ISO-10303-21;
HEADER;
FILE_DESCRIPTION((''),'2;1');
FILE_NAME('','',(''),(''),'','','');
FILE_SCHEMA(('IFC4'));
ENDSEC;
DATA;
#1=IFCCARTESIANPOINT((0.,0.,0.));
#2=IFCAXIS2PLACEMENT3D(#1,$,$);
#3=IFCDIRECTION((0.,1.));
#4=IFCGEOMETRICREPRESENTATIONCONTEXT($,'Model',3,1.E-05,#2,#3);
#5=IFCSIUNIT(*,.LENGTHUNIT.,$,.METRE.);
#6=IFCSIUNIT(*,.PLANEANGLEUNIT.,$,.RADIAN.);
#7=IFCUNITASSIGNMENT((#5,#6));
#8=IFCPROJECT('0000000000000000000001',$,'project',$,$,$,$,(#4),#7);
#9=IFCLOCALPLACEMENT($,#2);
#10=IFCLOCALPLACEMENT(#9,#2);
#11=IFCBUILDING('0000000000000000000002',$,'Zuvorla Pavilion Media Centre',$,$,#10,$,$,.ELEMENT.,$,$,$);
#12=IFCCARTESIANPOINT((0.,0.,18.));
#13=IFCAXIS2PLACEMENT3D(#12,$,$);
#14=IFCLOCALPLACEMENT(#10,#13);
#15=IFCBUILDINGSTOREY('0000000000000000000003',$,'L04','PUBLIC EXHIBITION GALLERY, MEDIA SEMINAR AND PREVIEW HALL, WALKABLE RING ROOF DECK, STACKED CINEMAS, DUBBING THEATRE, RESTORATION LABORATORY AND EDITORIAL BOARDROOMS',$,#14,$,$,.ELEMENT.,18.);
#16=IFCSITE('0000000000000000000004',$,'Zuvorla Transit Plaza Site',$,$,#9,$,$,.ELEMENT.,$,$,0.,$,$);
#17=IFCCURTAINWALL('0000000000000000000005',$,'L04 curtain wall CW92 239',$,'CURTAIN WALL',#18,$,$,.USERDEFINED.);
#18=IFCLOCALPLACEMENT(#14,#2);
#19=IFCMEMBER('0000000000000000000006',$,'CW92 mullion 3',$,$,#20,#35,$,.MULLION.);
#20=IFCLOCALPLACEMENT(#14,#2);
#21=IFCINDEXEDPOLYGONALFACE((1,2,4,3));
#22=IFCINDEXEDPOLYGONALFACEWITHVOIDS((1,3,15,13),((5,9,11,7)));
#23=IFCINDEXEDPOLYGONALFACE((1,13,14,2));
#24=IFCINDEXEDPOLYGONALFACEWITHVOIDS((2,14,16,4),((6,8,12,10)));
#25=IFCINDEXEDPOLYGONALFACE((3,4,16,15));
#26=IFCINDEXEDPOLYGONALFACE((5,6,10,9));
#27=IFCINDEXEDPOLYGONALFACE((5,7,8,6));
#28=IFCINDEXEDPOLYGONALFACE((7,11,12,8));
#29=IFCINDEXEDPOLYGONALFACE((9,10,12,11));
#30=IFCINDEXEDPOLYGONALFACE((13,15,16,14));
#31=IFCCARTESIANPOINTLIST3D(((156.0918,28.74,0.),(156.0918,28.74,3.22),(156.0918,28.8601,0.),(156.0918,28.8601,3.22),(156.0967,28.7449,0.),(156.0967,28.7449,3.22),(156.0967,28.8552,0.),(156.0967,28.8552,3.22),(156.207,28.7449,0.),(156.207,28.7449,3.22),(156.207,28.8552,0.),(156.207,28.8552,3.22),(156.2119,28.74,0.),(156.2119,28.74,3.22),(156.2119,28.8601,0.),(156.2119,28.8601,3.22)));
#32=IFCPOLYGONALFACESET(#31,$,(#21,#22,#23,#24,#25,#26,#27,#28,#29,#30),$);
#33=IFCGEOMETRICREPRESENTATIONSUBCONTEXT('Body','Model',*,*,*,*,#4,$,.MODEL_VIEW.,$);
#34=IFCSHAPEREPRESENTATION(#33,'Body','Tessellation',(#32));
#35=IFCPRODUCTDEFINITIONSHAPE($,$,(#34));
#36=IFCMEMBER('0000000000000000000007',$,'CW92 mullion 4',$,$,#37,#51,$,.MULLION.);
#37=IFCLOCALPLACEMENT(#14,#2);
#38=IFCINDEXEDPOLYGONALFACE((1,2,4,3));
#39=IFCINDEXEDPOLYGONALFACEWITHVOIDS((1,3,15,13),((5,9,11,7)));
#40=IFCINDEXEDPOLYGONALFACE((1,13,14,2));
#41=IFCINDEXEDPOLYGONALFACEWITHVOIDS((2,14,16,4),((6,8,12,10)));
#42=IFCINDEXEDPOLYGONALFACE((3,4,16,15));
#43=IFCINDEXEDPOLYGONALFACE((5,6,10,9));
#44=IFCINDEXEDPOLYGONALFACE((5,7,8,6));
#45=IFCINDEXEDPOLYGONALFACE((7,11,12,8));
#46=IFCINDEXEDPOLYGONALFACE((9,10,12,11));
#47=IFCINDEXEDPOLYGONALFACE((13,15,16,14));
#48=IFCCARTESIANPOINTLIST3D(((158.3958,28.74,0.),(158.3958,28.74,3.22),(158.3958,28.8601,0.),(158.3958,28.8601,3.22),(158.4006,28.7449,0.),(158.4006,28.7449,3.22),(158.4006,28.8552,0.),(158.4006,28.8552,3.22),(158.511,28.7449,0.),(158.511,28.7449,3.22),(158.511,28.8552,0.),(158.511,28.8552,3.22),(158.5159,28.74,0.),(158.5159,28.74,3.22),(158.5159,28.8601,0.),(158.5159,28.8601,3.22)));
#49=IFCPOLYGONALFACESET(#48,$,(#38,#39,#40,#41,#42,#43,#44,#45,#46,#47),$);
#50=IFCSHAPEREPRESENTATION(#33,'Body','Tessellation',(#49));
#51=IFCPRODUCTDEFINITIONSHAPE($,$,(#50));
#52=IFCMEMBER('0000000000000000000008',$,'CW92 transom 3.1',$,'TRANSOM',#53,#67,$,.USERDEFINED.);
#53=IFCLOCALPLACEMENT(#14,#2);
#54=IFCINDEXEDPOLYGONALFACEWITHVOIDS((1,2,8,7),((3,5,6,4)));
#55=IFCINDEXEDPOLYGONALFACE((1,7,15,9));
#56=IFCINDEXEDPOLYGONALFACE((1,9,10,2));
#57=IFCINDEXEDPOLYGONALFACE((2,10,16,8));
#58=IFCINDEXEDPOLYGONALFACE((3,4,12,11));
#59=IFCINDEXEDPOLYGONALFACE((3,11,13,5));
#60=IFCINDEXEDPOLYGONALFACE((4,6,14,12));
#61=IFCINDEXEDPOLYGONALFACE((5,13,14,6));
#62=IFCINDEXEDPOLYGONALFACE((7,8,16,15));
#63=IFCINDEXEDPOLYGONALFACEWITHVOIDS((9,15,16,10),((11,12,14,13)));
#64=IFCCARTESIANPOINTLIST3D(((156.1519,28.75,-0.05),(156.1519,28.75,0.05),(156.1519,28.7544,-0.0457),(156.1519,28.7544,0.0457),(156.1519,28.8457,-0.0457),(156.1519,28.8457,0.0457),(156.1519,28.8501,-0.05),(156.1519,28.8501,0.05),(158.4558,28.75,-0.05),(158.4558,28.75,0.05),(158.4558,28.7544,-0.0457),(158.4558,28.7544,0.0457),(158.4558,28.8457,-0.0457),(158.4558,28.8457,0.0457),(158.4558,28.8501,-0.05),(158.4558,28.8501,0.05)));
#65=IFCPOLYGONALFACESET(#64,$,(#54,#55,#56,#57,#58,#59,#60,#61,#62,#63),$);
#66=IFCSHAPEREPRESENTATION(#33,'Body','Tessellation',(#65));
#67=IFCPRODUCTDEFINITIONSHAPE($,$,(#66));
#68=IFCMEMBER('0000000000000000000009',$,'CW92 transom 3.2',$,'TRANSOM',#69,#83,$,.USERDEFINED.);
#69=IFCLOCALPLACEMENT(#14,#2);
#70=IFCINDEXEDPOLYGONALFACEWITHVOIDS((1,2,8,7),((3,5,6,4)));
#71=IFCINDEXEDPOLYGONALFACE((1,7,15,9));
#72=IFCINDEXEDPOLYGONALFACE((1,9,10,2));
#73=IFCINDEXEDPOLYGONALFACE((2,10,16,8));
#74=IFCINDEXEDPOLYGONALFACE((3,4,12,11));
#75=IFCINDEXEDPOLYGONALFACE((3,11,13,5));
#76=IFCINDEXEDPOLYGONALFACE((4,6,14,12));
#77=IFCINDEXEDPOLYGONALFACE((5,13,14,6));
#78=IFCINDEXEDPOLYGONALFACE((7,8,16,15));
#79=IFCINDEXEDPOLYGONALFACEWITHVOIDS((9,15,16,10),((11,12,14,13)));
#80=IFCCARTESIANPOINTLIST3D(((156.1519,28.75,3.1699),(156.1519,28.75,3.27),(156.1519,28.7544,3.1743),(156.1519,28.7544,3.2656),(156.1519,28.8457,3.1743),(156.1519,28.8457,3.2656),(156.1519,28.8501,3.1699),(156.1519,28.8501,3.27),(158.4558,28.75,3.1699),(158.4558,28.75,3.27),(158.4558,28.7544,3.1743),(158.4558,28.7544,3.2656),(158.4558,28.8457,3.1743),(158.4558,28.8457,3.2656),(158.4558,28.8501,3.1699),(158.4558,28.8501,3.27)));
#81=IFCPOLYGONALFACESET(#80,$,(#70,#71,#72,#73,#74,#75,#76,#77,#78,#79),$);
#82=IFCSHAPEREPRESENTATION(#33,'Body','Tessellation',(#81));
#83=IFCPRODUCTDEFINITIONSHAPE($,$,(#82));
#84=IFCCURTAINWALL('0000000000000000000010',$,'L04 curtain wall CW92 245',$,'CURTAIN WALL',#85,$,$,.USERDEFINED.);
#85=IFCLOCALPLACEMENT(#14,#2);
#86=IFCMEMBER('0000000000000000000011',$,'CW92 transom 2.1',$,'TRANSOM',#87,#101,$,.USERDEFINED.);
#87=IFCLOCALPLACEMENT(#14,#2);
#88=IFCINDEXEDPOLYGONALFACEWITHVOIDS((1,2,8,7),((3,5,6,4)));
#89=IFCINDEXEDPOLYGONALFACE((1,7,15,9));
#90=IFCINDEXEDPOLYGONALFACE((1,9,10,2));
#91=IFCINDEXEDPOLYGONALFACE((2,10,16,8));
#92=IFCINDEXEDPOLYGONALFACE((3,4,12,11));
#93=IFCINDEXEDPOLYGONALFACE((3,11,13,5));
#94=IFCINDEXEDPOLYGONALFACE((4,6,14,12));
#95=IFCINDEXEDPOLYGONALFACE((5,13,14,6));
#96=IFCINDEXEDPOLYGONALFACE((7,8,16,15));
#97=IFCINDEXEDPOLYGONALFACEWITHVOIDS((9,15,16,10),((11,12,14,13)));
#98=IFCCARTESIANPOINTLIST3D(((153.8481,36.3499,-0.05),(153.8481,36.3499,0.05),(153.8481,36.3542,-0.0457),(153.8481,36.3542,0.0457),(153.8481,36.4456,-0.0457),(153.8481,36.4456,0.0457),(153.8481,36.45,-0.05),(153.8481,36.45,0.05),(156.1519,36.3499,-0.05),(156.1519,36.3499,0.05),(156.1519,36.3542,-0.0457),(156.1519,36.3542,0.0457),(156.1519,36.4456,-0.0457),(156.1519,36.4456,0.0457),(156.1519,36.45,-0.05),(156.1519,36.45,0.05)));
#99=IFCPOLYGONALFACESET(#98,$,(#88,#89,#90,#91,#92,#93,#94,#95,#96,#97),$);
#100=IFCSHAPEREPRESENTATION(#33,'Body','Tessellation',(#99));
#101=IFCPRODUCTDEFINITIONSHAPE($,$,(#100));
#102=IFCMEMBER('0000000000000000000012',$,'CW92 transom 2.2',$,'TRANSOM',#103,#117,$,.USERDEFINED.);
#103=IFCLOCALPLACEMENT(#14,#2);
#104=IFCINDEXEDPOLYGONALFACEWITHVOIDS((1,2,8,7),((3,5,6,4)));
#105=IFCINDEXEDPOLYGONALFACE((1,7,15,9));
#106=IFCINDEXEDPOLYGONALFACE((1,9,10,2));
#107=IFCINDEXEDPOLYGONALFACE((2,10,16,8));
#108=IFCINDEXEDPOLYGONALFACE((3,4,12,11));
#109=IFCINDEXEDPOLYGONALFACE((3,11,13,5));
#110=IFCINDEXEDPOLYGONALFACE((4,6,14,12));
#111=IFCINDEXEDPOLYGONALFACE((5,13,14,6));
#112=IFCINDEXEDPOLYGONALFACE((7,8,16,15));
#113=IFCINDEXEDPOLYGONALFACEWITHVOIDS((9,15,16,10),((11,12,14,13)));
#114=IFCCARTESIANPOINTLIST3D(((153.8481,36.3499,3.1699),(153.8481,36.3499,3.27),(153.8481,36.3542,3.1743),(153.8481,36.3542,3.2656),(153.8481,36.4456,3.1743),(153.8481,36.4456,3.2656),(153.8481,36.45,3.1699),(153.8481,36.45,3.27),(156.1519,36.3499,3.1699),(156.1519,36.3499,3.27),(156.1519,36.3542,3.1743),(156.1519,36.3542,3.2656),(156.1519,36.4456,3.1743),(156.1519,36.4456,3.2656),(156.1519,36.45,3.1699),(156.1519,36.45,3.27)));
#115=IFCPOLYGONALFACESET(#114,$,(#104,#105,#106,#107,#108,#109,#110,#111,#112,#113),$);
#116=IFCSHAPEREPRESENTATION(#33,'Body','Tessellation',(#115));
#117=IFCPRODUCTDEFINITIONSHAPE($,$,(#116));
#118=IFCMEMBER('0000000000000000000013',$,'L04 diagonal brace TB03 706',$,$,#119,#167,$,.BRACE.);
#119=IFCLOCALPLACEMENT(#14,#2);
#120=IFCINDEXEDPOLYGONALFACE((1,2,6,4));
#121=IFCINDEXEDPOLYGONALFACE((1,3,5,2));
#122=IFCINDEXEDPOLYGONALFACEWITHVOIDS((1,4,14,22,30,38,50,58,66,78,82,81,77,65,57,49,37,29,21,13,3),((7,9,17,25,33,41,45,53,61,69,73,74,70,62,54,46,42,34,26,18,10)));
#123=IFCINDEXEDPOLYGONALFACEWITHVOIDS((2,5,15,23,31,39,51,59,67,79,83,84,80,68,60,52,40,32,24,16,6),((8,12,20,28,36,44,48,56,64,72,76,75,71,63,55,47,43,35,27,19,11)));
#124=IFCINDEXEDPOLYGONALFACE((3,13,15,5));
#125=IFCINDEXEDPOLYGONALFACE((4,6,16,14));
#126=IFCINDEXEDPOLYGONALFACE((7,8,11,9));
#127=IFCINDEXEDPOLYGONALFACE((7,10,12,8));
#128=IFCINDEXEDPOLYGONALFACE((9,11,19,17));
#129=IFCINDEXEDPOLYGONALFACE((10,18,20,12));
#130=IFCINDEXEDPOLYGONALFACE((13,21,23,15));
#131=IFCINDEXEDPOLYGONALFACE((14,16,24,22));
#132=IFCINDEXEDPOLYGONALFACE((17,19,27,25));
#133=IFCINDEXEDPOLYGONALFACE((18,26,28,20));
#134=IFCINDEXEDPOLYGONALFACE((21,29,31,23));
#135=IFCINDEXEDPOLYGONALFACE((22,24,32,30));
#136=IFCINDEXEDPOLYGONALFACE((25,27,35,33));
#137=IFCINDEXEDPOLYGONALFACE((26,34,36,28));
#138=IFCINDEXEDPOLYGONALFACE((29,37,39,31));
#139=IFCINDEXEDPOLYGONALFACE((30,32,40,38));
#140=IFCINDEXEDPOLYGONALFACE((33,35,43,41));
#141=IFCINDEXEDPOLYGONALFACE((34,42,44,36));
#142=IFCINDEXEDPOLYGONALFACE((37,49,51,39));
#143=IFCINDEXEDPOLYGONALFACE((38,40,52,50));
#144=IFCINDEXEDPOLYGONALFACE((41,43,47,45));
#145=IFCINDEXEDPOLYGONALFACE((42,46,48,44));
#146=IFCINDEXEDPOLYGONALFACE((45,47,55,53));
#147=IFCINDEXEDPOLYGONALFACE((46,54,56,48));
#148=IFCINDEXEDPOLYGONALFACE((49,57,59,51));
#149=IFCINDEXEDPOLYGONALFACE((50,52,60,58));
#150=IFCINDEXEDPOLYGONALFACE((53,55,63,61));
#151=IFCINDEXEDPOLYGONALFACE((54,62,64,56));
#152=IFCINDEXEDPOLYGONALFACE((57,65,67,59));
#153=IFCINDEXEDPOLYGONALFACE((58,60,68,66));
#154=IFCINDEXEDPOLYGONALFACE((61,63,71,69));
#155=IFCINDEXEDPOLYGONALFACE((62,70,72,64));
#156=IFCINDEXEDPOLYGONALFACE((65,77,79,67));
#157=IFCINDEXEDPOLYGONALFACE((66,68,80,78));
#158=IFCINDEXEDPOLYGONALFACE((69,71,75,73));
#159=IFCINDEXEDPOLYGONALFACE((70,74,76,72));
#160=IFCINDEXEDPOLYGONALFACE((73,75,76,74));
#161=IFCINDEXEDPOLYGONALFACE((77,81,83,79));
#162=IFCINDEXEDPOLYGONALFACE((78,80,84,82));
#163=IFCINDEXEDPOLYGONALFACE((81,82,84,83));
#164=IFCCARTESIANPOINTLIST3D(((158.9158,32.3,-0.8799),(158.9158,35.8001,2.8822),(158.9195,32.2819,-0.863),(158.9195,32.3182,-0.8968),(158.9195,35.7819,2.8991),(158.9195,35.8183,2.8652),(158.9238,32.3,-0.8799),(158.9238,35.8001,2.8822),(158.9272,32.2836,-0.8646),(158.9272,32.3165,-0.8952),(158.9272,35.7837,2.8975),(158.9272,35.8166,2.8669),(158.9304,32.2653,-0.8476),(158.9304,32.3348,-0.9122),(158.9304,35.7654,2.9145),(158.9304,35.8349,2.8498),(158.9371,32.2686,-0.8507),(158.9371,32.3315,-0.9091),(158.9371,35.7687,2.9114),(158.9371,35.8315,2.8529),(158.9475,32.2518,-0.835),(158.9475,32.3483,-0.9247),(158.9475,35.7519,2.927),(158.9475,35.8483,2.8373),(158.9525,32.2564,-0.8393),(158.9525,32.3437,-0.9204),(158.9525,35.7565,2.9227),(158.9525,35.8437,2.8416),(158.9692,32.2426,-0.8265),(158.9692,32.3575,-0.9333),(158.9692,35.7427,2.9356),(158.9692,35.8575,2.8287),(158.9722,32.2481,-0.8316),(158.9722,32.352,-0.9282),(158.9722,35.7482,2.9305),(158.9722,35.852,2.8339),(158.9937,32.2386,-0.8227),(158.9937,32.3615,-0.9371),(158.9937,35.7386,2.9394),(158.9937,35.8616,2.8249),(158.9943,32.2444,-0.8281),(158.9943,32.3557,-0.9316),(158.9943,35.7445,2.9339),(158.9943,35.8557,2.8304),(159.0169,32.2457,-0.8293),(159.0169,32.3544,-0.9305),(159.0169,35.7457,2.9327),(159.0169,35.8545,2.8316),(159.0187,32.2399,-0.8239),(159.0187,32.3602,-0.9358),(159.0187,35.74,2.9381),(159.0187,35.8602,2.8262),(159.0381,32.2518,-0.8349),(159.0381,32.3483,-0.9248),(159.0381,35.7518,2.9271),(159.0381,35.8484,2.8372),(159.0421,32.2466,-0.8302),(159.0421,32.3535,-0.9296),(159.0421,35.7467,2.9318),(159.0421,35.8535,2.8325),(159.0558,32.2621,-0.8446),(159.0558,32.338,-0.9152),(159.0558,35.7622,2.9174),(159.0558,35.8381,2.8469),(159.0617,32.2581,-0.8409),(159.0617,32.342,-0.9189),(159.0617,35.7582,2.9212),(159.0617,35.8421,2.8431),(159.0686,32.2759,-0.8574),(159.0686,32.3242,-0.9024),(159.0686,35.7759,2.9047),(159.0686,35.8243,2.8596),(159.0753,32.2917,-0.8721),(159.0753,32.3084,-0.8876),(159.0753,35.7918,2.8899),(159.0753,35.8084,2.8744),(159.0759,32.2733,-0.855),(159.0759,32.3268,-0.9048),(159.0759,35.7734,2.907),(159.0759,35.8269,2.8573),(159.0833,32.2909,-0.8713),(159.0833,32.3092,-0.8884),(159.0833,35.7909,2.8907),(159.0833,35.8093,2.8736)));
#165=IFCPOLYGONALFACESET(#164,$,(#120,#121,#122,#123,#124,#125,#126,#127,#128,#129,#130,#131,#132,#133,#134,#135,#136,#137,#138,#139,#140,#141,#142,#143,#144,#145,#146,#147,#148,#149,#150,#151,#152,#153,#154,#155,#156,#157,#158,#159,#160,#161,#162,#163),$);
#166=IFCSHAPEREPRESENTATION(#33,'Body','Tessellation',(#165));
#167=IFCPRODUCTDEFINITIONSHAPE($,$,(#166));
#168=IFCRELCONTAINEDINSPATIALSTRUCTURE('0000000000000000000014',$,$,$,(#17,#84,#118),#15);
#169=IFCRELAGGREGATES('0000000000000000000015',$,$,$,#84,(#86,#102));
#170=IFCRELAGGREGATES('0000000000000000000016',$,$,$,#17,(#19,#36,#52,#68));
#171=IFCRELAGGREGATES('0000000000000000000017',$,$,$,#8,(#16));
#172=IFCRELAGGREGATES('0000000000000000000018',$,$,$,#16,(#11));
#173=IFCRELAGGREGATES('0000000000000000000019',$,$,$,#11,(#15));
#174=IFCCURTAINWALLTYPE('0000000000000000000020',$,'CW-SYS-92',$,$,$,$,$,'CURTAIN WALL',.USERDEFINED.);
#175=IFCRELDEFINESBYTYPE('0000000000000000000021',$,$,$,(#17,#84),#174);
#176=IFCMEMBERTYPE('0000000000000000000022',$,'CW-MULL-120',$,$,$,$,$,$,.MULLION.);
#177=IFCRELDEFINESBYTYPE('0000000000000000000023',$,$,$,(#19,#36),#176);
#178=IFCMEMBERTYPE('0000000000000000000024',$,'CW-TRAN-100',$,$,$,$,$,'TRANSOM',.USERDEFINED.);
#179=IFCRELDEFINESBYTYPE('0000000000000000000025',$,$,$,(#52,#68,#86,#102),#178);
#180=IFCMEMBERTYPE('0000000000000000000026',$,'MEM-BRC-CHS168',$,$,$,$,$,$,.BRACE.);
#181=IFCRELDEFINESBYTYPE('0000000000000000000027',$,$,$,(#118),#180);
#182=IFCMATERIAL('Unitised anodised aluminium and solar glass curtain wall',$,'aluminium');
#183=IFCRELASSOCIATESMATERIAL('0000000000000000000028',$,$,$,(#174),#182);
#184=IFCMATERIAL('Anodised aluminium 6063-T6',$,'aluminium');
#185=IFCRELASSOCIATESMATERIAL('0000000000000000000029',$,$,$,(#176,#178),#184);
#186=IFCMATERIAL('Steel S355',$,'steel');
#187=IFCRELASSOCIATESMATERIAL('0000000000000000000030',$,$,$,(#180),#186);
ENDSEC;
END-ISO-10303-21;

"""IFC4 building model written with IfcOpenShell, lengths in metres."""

from ifc_helpers import new_model, si_unit, direction, frame, origin, origin_2d, place, context, subcontext, project, spatial, hollow_rectangle, hollow_circle, extrude, material, material_profile, profile_set, type_object, element, aggregate, save


model = new_model("IFC4")

# Units and contexts
model_context = context("Model", 3, precision=1e-05, world=origin(), true_north=direction((0.0, 1.0)))
body_context = subcontext(model_context, "Body", "Model", "MODEL_VIEW")
ifc_project = project(units=[si_unit("LENGTHUNIT", "METRE"), si_unit("PLANEANGLEUNIT", "RADIAN")], contexts=[model_context])

# Site, building, storey
site_placement = place(None, origin())
site = spatial("IfcSite", under=ifc_project, at=site_placement, Name="Zuvorla Transit Plaza Site", CompositionType="ELEMENT", RefElevation=0.0)
building_placement = place(site_placement, origin())
building = spatial("IfcBuilding", under=site, at=building_placement, Name="Zuvorla Pavilion Media Centre", CompositionType="ELEMENT")
storey_placement = place(building_placement, frame((0.0, 0.0, 18.0)))
storey = spatial("IfcBuildingStorey", under=building, at=storey_placement, Name="L04", Description="PUBLIC EXHIBITION GALLERY, MEDIA SEMINAR AND PREVIEW HALL, WALKABLE RING ROOF DECK, STACKED CINEMAS, DUBBING THEATRE, RESTORATION LABORATORY AND EDITORIAL BOARDROOMS", CompositionType="ELEMENT", Elevation=18.0)

# Curtain walls, members
ifc_material_1 = material(Name="Unitised anodised aluminium and solar glass curtain wall", Category="aluminium")
curtain_wall_type = type_object("IfcCurtainWallType", Name="CW-SYS-92", ElementType="CURTAIN WALL", PredefinedType="USERDEFINED", material=ifc_material_1)
curtain_wall_1_placement = place(storey_placement, origin())
curtain_wall_1 = element("IfcCurtainWall", 1, at=curtain_wall_1_placement, inside=storey, type_object=curtain_wall_type, Name="L04 curtain wall CW92 239", ObjectType="CURTAIN WALL", PredefinedType="USERDEFINED")
ifc_material_2 = material(Name="Anodised aluminium 6063-T6", Category="aluminium")
ifc_material_profile_1 = material_profile(ifc_material_2, hollow_rectangle(XDim=0.1201, YDim=0.1201, WallThickness=0.0049, at=origin_2d()), Name="ALU MULL 120x120")
ifc_profile_set_1 = profile_set([ifc_material_profile_1], Name="Anodised aluminium 6063-T6")
member_type_1 = type_object("IfcMemberType", Name="CW-MULL-120", PredefinedType="MULLION", material=ifc_profile_set_1)
member_1_placement = place(storey_placement, frame((156.1519, 28.8, 0.0), z_axis=(0.0, 0.0, 1.0), x_axis=(1.0, 0.0, 0.0)))
member_1 = element("IfcMember", 2, at=member_1_placement, type_object=member_type_1, Name="CW92 mullion 3", PredefinedType="MULLION", context=body_context, shape_type="SweptSolid", body=[
    extrude(hollow_rectangle(XDim=0.1201, YDim=0.1201, WallThickness=0.0049, at=origin_2d()), origin(), (0.0, 0.0, 1.0), 3.22),
])
member_2_placement = place(storey_placement, frame((158.4558, 28.8, 0.0), z_axis=(0.0, 0.0, 1.0), x_axis=(1.0, 0.0, 0.0)))
member_2 = element("IfcMember", 3, at=member_2_placement, type_object=member_type_1, Name="CW92 mullion 4", PredefinedType="MULLION", context=body_context, shape_type="SweptSolid", body=[
    extrude(hollow_rectangle(XDim=0.1201, YDim=0.1201, WallThickness=0.0049, at=origin_2d()), origin(), (0.0, 0.0, 1.0), 3.22),
])
ifc_material_profile_2 = material_profile(ifc_material_2, hollow_rectangle(XDim=0.1001, YDim=0.1001, WallThickness=0.0044, at=origin_2d()), Name="ALU TRAN 100x100")
ifc_profile_set_2 = profile_set([ifc_material_profile_2], Name="Anodised aluminium 6063-T6")
member_type_2 = type_object("IfcMemberType", Name="CW-TRAN-100", ElementType="TRANSOM", PredefinedType="USERDEFINED", material=ifc_profile_set_2)
member_3_placement = place(storey_placement, frame((156.1519, 28.8, 0.0), z_axis=(1.0, 0.0, 0.0), x_axis=(0.0, 1.0, 0.0)))
member_3 = element("IfcMember", 4, at=member_3_placement, type_object=member_type_2, Name="CW92 transom 3.1", ObjectType="TRANSOM", PredefinedType="USERDEFINED", context=body_context, shape_type="SweptSolid", body=[
    extrude(hollow_rectangle(XDim=0.1001, YDim=0.1001, WallThickness=0.0044, at=origin_2d()), origin(), (0.0, 0.0, 1.0), 2.304),
])
member_4_placement = place(storey_placement, frame((156.1519, 28.8, 3.22), z_axis=(1.0, 0.0, 0.0), x_axis=(0.0, 1.0, 0.0)))
member_4 = element("IfcMember", 5, at=member_4_placement, type_object=member_type_2, Name="CW92 transom 3.2", ObjectType="TRANSOM", PredefinedType="USERDEFINED", context=body_context, shape_type="SweptSolid", body=[
    extrude(hollow_rectangle(XDim=0.1001, YDim=0.1001, WallThickness=0.0044, at=origin_2d()), origin(), (0.0, 0.0, 1.0), 2.304),
])
curtain_wall_2_placement = place(storey_placement, origin())
curtain_wall_2 = element("IfcCurtainWall", 6, at=curtain_wall_2_placement, inside=storey, type_object=curtain_wall_type, Name="L04 curtain wall CW92 245", ObjectType="CURTAIN WALL", PredefinedType="USERDEFINED")
member_5_placement = place(storey_placement, frame((153.8481, 36.3999, 0.0), z_axis=(1.0, 0.0, 0.0), x_axis=(0.0, 1.0, 0.0)))
member_5 = element("IfcMember", 7, at=member_5_placement, type_object=member_type_2, Name="CW92 transom 2.1", ObjectType="TRANSOM", PredefinedType="USERDEFINED", context=body_context, shape_type="SweptSolid", body=[
    extrude(hollow_rectangle(XDim=0.1001, YDim=0.1001, WallThickness=0.0044, at=origin_2d()), origin(), (0.0, 0.0, 1.0), 2.3037),
])
member_6_placement = place(storey_placement, frame((153.8481, 36.3999, 3.22), z_axis=(1.0, 0.0, 0.0), x_axis=(0.0, 1.0, 0.0)))
member_6 = element("IfcMember", 8, at=member_6_placement, type_object=member_type_2, Name="CW92 transom 2.2", ObjectType="TRANSOM", PredefinedType="USERDEFINED", context=body_context, shape_type="SweptSolid", body=[
    extrude(hollow_rectangle(XDim=0.1001, YDim=0.1001, WallThickness=0.0044, at=origin_2d()), origin(), (0.0, 0.0, 1.0), 2.3037),
])
aggregate(curtain_wall_2, [member_5, member_6])

# Member
ifc_material_3 = material(Name="Steel S355", Category="steel")
ifc_material_profile_3 = material_profile(ifc_material_3, hollow_circle(Radius=0.0842, WallThickness=0.0081, at=origin_2d()), Name="CHS 168.3x8")
ifc_profile_set_3 = profile_set([ifc_material_profile_3], Name="Steel S355")
member_type_3 = type_object("IfcMemberType", Name="MEM-BRC-CHS168", PredefinedType="BRACE", material=ifc_profile_set_3)
member_7_placement = place(storey_placement, frame((159.0, 32.3, -0.8799), z_axis=(0.0, 0.681156, 0.732138), x_axis=(-1.0, 0.0, 0.0)))
element("IfcMember", 9, at=member_7_placement, inside=storey, type_object=member_type_3, Name="L04 diagonal brace TB03 706", PredefinedType="BRACE", context=body_context, shape_type="SweptSolid", body=[
    extrude(hollow_circle(Radius=0.0842, WallThickness=0.0081, at=origin_2d()), origin(), (0.0, 0.0, 1.0), 5.1384),
])

aggregate(curtain_wall_1, [member_1, member_2, member_3, member_4])

save(model, "model.ifc")
